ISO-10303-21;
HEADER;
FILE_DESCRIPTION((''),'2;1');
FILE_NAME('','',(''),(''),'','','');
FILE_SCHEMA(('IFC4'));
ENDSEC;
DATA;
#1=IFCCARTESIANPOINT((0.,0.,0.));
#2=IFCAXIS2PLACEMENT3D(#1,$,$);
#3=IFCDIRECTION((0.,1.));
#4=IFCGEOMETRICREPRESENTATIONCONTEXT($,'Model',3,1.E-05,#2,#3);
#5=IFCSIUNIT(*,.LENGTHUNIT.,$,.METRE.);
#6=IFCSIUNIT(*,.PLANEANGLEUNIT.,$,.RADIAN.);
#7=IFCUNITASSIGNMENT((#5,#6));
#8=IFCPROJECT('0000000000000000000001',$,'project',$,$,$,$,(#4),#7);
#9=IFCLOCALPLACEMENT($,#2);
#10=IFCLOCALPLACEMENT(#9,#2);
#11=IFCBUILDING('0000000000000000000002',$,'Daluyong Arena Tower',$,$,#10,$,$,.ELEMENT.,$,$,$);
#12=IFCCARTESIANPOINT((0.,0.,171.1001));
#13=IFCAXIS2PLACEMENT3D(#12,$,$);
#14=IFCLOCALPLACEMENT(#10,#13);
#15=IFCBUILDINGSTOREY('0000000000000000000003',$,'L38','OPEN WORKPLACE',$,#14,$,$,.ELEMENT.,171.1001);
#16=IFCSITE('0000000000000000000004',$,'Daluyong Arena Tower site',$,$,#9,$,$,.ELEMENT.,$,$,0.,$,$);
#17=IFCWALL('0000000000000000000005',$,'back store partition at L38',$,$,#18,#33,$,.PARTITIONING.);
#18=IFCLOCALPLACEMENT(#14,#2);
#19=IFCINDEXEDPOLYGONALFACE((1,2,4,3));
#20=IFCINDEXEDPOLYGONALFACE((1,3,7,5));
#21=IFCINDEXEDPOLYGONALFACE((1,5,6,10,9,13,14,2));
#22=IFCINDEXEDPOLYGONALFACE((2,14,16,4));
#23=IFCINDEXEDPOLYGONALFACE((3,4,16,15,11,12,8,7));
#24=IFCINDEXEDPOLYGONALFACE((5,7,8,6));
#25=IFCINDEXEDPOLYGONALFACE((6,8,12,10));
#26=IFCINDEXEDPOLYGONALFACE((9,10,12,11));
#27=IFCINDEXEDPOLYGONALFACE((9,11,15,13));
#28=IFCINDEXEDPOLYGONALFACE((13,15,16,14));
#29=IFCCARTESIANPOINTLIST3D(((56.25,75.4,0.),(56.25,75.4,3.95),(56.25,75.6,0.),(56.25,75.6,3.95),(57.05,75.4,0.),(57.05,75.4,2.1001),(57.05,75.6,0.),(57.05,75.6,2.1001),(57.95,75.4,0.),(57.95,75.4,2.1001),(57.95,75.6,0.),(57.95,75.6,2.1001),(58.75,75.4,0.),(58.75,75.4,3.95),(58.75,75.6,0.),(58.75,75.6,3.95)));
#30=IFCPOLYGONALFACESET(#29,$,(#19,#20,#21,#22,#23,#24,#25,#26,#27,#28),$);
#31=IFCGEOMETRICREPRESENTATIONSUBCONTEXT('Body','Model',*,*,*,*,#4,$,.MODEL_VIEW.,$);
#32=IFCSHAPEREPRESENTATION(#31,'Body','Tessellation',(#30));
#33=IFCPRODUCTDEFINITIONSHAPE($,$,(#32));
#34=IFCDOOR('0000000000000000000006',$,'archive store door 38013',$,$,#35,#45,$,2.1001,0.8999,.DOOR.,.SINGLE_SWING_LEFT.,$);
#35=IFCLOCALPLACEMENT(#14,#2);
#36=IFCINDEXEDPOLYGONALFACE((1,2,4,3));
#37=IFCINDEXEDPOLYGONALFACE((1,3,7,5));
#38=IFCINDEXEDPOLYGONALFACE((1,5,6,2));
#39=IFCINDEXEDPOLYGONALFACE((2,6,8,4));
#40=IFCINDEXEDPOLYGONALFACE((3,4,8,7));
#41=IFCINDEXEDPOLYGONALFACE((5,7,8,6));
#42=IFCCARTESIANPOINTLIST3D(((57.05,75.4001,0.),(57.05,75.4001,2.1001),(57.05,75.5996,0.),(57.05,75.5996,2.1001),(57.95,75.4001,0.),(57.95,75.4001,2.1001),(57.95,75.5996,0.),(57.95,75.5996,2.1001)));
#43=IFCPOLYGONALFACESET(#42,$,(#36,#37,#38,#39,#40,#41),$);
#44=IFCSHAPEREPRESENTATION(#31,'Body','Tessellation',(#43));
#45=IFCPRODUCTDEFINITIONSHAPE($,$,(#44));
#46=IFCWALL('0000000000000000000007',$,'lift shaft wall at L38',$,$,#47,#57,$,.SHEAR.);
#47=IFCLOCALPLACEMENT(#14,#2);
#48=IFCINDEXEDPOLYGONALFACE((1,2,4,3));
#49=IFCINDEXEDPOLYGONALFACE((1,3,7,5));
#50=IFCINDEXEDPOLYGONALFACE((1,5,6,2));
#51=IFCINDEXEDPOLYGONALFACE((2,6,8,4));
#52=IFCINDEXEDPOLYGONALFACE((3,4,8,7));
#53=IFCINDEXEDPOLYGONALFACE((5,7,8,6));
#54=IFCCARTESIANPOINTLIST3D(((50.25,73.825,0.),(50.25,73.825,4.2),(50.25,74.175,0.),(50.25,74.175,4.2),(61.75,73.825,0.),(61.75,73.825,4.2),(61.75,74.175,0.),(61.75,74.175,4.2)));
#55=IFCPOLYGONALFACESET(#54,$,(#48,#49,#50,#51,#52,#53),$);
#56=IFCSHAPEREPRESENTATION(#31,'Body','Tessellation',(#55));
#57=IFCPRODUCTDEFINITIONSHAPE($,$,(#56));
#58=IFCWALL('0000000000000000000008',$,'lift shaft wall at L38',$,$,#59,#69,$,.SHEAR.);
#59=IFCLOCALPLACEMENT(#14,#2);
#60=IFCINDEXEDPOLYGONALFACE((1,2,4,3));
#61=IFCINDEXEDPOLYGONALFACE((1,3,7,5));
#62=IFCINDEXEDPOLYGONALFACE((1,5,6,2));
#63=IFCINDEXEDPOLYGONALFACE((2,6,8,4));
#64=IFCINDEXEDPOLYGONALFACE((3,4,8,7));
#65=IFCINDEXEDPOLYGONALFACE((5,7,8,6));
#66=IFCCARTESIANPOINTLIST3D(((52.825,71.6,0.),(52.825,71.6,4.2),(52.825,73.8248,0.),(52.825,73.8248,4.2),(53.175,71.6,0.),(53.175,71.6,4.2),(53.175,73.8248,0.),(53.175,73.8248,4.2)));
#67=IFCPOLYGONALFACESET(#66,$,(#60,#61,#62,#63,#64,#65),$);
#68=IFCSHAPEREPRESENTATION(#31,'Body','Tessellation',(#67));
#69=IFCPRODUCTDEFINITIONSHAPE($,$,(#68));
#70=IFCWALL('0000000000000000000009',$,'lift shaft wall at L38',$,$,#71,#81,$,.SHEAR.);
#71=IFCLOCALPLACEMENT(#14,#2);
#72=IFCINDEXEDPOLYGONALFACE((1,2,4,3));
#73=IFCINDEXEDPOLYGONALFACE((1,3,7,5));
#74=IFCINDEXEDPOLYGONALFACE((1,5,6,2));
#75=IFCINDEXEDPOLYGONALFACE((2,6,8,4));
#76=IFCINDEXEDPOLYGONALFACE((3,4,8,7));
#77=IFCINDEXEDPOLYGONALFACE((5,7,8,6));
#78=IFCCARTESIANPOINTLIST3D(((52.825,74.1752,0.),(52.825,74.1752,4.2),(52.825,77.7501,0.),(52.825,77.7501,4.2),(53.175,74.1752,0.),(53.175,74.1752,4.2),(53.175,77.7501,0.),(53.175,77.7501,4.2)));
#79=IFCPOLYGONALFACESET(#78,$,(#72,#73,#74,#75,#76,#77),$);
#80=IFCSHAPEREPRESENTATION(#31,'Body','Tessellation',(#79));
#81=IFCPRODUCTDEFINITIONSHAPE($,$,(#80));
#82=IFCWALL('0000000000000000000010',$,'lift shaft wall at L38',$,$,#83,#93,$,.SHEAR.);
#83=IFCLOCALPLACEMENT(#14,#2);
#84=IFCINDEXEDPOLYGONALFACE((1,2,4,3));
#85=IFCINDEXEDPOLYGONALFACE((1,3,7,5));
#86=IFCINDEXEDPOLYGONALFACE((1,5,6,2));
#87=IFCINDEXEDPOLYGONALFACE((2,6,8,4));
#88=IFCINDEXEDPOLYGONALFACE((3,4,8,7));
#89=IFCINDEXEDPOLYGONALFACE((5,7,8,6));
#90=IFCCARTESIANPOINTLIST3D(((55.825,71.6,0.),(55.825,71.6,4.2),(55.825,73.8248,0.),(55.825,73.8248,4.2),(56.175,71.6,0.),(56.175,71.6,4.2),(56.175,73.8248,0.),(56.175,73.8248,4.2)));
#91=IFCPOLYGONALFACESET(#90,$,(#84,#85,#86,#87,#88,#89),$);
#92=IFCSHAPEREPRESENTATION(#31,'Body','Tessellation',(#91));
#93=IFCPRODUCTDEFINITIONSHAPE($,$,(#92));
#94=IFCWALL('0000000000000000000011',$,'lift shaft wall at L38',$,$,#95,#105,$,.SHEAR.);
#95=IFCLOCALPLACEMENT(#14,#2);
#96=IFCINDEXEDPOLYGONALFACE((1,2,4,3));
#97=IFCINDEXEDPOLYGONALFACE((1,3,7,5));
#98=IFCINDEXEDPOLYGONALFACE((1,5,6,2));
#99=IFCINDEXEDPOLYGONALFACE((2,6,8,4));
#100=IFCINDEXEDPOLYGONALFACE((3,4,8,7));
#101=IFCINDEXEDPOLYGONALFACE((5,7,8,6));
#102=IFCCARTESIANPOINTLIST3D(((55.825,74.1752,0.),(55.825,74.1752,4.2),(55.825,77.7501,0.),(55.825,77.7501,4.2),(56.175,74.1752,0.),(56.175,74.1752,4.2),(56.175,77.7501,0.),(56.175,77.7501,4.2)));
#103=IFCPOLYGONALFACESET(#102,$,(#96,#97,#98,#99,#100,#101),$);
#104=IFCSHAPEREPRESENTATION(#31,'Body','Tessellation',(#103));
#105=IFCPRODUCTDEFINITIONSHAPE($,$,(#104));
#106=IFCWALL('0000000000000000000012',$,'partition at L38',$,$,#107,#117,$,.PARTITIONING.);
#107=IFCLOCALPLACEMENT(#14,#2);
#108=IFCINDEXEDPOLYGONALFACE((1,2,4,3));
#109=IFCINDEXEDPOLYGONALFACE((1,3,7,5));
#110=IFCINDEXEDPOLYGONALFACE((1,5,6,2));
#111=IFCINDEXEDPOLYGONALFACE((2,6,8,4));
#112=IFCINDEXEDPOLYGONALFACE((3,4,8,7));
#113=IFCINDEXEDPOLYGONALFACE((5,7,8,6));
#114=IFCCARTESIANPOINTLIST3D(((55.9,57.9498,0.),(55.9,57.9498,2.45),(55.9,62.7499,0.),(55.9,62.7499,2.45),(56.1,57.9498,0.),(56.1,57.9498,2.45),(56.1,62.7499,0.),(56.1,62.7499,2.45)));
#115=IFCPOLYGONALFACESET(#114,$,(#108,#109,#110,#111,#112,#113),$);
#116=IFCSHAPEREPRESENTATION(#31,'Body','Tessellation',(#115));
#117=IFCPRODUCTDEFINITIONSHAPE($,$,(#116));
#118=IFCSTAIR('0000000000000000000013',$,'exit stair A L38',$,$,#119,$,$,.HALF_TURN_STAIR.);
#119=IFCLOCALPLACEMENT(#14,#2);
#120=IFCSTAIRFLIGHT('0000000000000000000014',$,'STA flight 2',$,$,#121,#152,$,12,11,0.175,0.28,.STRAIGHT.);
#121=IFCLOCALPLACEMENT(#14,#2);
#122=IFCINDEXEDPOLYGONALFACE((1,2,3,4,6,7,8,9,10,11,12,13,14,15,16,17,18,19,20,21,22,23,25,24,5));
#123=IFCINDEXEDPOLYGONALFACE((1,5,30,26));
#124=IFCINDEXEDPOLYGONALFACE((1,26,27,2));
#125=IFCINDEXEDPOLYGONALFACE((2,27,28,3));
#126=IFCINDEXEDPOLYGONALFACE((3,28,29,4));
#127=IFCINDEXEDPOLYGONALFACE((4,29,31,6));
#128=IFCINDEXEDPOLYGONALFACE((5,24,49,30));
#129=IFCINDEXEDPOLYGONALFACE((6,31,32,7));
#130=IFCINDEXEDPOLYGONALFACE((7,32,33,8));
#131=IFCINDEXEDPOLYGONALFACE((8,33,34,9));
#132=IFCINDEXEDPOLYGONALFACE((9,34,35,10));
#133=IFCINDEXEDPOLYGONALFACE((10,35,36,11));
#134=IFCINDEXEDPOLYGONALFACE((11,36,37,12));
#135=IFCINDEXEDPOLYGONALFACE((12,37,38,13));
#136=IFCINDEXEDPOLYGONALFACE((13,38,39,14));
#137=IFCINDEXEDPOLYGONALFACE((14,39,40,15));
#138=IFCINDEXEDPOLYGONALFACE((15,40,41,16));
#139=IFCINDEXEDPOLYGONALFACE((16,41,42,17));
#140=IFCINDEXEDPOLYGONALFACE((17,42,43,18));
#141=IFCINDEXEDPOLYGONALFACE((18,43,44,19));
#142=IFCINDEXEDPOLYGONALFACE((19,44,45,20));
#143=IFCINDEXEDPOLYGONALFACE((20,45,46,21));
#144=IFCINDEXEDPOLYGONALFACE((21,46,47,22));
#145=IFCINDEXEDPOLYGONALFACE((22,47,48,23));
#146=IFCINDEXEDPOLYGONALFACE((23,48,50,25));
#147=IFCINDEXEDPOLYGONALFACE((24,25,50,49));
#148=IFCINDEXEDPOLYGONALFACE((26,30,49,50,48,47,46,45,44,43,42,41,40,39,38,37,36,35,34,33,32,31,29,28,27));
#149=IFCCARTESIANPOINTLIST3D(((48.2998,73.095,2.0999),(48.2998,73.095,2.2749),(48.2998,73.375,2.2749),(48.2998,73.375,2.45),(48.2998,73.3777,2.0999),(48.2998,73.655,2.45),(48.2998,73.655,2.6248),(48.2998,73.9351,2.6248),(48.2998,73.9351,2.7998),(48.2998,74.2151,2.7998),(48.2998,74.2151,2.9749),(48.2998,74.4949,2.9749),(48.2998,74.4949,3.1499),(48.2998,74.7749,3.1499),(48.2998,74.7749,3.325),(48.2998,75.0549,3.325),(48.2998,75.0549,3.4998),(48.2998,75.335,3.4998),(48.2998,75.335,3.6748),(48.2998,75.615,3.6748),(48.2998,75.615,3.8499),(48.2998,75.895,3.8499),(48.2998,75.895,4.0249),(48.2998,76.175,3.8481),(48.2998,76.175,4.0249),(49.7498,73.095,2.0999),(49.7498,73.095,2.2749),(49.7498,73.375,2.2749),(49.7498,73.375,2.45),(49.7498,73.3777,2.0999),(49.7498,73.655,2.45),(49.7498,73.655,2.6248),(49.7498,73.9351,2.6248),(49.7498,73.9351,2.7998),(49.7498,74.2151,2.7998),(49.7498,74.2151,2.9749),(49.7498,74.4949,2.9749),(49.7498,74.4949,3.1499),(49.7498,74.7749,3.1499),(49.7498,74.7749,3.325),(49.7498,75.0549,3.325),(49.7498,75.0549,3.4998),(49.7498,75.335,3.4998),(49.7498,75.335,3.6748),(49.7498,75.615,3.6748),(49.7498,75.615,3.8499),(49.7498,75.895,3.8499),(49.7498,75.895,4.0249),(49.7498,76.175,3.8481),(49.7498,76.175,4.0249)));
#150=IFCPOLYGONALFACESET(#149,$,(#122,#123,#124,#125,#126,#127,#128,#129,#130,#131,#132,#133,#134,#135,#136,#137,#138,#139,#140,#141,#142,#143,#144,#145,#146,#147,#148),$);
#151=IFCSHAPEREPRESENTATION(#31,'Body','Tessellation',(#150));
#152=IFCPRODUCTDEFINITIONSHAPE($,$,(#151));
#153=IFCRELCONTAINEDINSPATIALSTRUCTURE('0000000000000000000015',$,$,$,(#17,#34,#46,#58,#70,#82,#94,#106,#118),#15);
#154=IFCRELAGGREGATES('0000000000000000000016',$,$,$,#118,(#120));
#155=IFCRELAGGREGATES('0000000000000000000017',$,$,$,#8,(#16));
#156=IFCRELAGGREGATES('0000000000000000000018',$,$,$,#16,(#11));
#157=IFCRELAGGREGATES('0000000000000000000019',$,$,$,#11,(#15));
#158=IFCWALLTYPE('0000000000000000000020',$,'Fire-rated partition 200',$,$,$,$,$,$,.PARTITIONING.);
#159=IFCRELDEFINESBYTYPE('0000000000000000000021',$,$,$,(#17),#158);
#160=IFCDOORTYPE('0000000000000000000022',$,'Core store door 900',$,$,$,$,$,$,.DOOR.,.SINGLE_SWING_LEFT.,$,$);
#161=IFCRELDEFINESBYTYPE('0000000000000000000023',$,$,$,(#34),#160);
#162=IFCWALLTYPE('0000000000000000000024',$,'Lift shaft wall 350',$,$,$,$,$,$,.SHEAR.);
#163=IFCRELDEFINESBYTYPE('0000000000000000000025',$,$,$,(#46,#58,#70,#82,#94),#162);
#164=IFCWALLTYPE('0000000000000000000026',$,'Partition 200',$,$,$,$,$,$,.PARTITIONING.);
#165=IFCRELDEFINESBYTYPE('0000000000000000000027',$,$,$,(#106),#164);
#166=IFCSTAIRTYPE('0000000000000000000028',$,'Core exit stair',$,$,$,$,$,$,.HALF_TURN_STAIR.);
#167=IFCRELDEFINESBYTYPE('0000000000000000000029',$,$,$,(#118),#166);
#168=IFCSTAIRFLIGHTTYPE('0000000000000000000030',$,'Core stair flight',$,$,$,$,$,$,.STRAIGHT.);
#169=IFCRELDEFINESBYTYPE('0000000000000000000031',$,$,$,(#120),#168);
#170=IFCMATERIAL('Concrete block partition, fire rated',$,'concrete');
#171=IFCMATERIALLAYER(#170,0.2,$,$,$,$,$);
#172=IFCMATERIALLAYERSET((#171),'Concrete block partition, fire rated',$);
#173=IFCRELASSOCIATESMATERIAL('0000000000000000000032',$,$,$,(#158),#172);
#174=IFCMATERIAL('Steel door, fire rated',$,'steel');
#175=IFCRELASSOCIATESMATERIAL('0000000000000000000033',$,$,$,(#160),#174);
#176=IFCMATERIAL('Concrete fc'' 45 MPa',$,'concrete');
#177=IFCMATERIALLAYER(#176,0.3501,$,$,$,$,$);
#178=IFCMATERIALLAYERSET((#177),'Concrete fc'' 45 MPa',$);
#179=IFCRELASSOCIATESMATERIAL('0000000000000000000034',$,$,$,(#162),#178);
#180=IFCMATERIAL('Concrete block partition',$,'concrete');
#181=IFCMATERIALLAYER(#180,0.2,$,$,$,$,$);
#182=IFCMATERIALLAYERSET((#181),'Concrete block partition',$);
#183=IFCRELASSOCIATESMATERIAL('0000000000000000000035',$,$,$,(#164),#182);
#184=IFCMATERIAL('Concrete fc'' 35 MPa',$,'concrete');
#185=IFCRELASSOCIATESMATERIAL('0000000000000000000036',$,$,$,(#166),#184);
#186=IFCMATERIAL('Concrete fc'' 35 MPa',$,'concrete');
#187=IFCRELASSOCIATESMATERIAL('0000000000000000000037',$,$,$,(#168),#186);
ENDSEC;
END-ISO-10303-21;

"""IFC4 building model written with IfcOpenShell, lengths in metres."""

from ifc_helpers import new_model, si_unit, direction, frame, frame_2d, origin, place, context, subcontext, project, spatial, polyline, rectangle, outline, extrude, material, layer, layer_set, type_object, element, fill, aggregate, save


model = new_model("IFC4")

# Units and contexts
model_context = context("Model", 3, precision=1e-05, world=origin(), true_north=direction((0.0, 1.0)))
body_context = subcontext(model_context, "Body", "Model", "MODEL_VIEW")
ifc_project = project(units=[si_unit("LENGTHUNIT", "METRE"), si_unit("PLANEANGLEUNIT", "RADIAN")], contexts=[model_context])

# Site, building, storey
site_placement = place(None, origin())
site = spatial("IfcSite", under=ifc_project, at=site_placement, Name="Daluyong Arena Tower site", CompositionType="ELEMENT", RefElevation=0.0)
building_placement = place(site_placement, origin())
building = spatial("IfcBuilding", under=site, at=building_placement, Name="Daluyong Arena Tower", CompositionType="ELEMENT")
storey_placement = place(building_placement, frame((0.0, 0.0, 171.1001)))
storey = spatial("IfcBuildingStorey", under=building, at=storey_placement, Name="L38", Description="OPEN WORKPLACE", CompositionType="ELEMENT", Elevation=171.1001)

# Wall, opening, door
ifc_material_1 = material(Name="Concrete block partition, fire rated", Category="concrete")
ifc_layer_1 = layer(ifc_material_1, 0.2)
ifc_layer_set_1 = layer_set([ifc_layer_1], Name="Concrete block partition, fire rated")
wall_type_1 = type_object("IfcWallType", Name="Fire-rated partition 200", PredefinedType="PARTITIONING", material=ifc_layer_set_1)
ifc_material_2 = material(Name="Steel door, fire rated", Category="steel")
door_type_1 = type_object("IfcDoorType", Name="Core store door 900", OperationType="SINGLE_SWING_LEFT", PredefinedType="DOOR", material=ifc_material_2)
wall_1_placement = place(storey_placement, frame((56.25, 75.5, 0.0), z_axis=(0.0, 0.0, 1.0), x_axis=(1.0, 0.0, 0.0)))
wall_1 = element("IfcWall", 1, at=wall_1_placement, inside=storey, type_object=wall_type_1, Name="back store partition at L38", PredefinedType="PARTITIONING", context=body_context, shape_type="SweptSolid", body=[
    extrude(rectangle(XDim=2.5, YDim=0.2, at=frame_2d((1.25, 0.0))), origin(), (0.0, 0.0, 1.0), 3.95),
])
opening_1_placement = place(wall_1_placement, frame((0.8, 0.0, 0.0)))
opening_1 = element("IfcOpeningElement", 2, at=opening_1_placement, cuts=wall_1, PredefinedType="OPENING", context=body_context, shape_type="SweptSolid", body=[
    extrude(rectangle(XDim=0.8999, YDim=2.1001, at=frame_2d((0.45, 1.05))), frame((0.0, 0.1099, 0.0), z_axis=(0.0, -1.0, 0.0), x_axis=(1.0, 0.0, 0.0)), (0.0, 0.0, 1.0), 0.22),
])
door_1_placement = place(opening_1_placement, origin())
door_1 = element("IfcDoor", 3, at=door_1_placement, inside=storey, type_object=door_type_1, Name="archive store door 38013", OperationType="SINGLE_SWING_LEFT", OverallHeight=2.1001, OverallWidth=0.8999, PredefinedType="DOOR", context=body_context, shape_type="SweptSolid", body=[
    extrude(rectangle(XDim=0.8999, YDim=2.1001, at=frame_2d((0.45, 1.05))), frame((0.0, 0.0996, 0.0), z_axis=(0.0, -1.0, 0.0), x_axis=(1.0, 0.0, 0.0)), (0.0, 0.0, 1.0), 0.1995),
])
fill(opening_1, door_1)

# Walls
ifc_material_3 = material(Name="Concrete fc' 45 MPa", Category="concrete")
ifc_layer_2 = layer(ifc_material_3, 0.3501)
ifc_layer_set_2 = layer_set([ifc_layer_2], Name="Concrete fc' 45 MPa")
wall_type_2 = type_object("IfcWallType", Name="Lift shaft wall 350", PredefinedType="SHEAR", material=ifc_layer_set_2)
wall_2_placement = place(storey_placement, frame((50.25, 74.0, 0.0), z_axis=(0.0, 0.0, 1.0), x_axis=(1.0, 0.0, 0.0)))
element("IfcWall", 4, at=wall_2_placement, inside=storey, type_object=wall_type_2, Name="lift shaft wall at L38", PredefinedType="SHEAR", context=body_context, shape_type="SweptSolid", body=[
    extrude(rectangle(XDim=11.5, YDim=0.3501, at=frame_2d((5.75, 0.0))), origin(), (0.0, 0.0, 1.0), 4.2),
])
wall_3_placement = place(storey_placement, frame((53.0, 71.6001, 0.0), z_axis=(0.0, 0.0, 1.0), x_axis=(0.0, 1.0, 0.0)))
element("IfcWall", 5, at=wall_3_placement, inside=storey, type_object=wall_type_2, Name="lift shaft wall at L38", PredefinedType="SHEAR", context=body_context, shape_type="SweptSolid", body=[
    extrude(rectangle(XDim=2.2249, YDim=0.3501, at=frame_2d((1.1123, 0.0))), origin(), (0.0, 0.0, 1.0), 4.2),
])
wall_4_placement = place(storey_placement, frame((53.0, 74.175, 0.0), z_axis=(0.0, 0.0, 1.0), x_axis=(0.0, 1.0, 0.0)))
element("IfcWall", 6, at=wall_4_placement, inside=storey, type_object=wall_type_2, Name="lift shaft wall at L38", PredefinedType="SHEAR", context=body_context, shape_type="SweptSolid", body=[
    extrude(rectangle(XDim=3.575, YDim=0.3501, at=frame_2d((1.7876, 0.0))), origin(), (0.0, 0.0, 1.0), 4.2),
])
wall_5_placement = place(storey_placement, frame((56.0, 71.6001, 0.0), z_axis=(0.0, 0.0, 1.0), x_axis=(0.0, 1.0, 0.0)))
element("IfcWall", 7, at=wall_5_placement, inside=storey, type_object=wall_type_2, Name="lift shaft wall at L38", PredefinedType="SHEAR", context=body_context, shape_type="SweptSolid", body=[
    extrude(rectangle(XDim=2.2249, YDim=0.3501, at=frame_2d((1.1123, 0.0))), origin(), (0.0, 0.0, 1.0), 4.2),
])
wall_6_placement = place(storey_placement, frame((56.0, 74.175, 0.0), z_axis=(0.0, 0.0, 1.0), x_axis=(0.0, 1.0, 0.0)))
element("IfcWall", 8, at=wall_6_placement, inside=storey, type_object=wall_type_2, Name="lift shaft wall at L38", PredefinedType="SHEAR", context=body_context, shape_type="SweptSolid", body=[
    extrude(rectangle(XDim=3.575, YDim=0.3501, at=frame_2d((1.7876, 0.0))), origin(), (0.0, 0.0, 1.0), 4.2),
])
ifc_material_4 = material(Name="Concrete block partition", Category="concrete")
ifc_layer_3 = layer(ifc_material_4, 0.2)
ifc_layer_set_3 = layer_set([ifc_layer_3], Name="Concrete block partition")
wall_type_3 = type_object("IfcWallType", Name="Partition 200", PredefinedType="PARTITIONING", material=ifc_layer_set_3)
wall_7_placement = place(storey_placement, frame((56.0, 57.95, 0.0), z_axis=(0.0, 0.0, 1.0), x_axis=(0.0, 1.0, 0.0)))
element("IfcWall", 9, at=wall_7_placement, inside=storey, type_object=wall_type_3, Name="partition at L38", PredefinedType="PARTITIONING", context=body_context, shape_type="SweptSolid", body=[
    extrude(rectangle(XDim=4.8, YDim=0.2, at=frame_2d((2.3999, 0.0))), origin(), (0.0, 0.0, 1.0), 2.45),
])

# Stair, stair flight
ifc_material_5 = material(Name="Concrete fc' 35 MPa", Category="concrete")
stair_type = type_object("IfcStairType", Name="Core exit stair", PredefinedType="HALF_TURN_STAIR", material=ifc_material_5)
stair_placement = place(storey_placement, origin())
stair = element("IfcStair", 10, at=stair_placement, inside=storey, type_object=stair_type, Name="exit stair A L38", PredefinedType="HALF_TURN_STAIR")
ifc_material_6 = material(Name="Concrete fc' 35 MPa", Category="concrete")
stair_flight_type = type_object("IfcStairFlightType", Name="Core stair flight", PredefinedType="STRAIGHT", material=ifc_material_6)
stair_flight_placement = place(storey_placement, frame((49.0249, 73.095, 2.0999), z_axis=(0.0, 0.0, 1.0), x_axis=(0.0, 1.0, 0.0)))
stair_flight = element("IfcStairFlight", 11, at=stair_flight_placement, type_object=stair_flight_type, Name="STA flight 2", NumberOfRisers=12, NumberOfTreads=11, PredefinedType="STRAIGHT", RiserHeight=0.175, TreadLength=0.28, context=body_context, shape_type="SweptSolid", body=[
    extrude(outline(polyline([(0.0, 0.0), (0.0, 0.175), (0.28, 0.175), (0.28, 0.3501), (0.5601, 0.3501), (0.5601, 0.5249), (0.8401, 0.5249), (0.8401, 0.7), (1.1201, 0.7), (1.1201, 0.875), (1.3999, 0.875), (1.3999, 1.05), (1.6799, 1.05), (1.6799, 1.2251), (1.96, 1.2251), (1.96, 1.3999), (2.24, 1.3999), (2.24, 1.575), (2.52, 1.575), (2.52, 1.75), (2.8, 1.75), (2.8, 1.925), (3.0801, 1.925), (3.0801, 2.1001), (3.0801, 1.7483), (0.2827, 0.0), (0.0, 0.0)])), frame((0.0, 0.7251, 0.0), z_axis=(0.0, -1.0, 0.0), x_axis=(1.0, 0.0, 0.0)), (0.0, 0.0, 1.0), 1.45),
])
aggregate(stair, [stair_flight])

save(model, "model.ifc")
